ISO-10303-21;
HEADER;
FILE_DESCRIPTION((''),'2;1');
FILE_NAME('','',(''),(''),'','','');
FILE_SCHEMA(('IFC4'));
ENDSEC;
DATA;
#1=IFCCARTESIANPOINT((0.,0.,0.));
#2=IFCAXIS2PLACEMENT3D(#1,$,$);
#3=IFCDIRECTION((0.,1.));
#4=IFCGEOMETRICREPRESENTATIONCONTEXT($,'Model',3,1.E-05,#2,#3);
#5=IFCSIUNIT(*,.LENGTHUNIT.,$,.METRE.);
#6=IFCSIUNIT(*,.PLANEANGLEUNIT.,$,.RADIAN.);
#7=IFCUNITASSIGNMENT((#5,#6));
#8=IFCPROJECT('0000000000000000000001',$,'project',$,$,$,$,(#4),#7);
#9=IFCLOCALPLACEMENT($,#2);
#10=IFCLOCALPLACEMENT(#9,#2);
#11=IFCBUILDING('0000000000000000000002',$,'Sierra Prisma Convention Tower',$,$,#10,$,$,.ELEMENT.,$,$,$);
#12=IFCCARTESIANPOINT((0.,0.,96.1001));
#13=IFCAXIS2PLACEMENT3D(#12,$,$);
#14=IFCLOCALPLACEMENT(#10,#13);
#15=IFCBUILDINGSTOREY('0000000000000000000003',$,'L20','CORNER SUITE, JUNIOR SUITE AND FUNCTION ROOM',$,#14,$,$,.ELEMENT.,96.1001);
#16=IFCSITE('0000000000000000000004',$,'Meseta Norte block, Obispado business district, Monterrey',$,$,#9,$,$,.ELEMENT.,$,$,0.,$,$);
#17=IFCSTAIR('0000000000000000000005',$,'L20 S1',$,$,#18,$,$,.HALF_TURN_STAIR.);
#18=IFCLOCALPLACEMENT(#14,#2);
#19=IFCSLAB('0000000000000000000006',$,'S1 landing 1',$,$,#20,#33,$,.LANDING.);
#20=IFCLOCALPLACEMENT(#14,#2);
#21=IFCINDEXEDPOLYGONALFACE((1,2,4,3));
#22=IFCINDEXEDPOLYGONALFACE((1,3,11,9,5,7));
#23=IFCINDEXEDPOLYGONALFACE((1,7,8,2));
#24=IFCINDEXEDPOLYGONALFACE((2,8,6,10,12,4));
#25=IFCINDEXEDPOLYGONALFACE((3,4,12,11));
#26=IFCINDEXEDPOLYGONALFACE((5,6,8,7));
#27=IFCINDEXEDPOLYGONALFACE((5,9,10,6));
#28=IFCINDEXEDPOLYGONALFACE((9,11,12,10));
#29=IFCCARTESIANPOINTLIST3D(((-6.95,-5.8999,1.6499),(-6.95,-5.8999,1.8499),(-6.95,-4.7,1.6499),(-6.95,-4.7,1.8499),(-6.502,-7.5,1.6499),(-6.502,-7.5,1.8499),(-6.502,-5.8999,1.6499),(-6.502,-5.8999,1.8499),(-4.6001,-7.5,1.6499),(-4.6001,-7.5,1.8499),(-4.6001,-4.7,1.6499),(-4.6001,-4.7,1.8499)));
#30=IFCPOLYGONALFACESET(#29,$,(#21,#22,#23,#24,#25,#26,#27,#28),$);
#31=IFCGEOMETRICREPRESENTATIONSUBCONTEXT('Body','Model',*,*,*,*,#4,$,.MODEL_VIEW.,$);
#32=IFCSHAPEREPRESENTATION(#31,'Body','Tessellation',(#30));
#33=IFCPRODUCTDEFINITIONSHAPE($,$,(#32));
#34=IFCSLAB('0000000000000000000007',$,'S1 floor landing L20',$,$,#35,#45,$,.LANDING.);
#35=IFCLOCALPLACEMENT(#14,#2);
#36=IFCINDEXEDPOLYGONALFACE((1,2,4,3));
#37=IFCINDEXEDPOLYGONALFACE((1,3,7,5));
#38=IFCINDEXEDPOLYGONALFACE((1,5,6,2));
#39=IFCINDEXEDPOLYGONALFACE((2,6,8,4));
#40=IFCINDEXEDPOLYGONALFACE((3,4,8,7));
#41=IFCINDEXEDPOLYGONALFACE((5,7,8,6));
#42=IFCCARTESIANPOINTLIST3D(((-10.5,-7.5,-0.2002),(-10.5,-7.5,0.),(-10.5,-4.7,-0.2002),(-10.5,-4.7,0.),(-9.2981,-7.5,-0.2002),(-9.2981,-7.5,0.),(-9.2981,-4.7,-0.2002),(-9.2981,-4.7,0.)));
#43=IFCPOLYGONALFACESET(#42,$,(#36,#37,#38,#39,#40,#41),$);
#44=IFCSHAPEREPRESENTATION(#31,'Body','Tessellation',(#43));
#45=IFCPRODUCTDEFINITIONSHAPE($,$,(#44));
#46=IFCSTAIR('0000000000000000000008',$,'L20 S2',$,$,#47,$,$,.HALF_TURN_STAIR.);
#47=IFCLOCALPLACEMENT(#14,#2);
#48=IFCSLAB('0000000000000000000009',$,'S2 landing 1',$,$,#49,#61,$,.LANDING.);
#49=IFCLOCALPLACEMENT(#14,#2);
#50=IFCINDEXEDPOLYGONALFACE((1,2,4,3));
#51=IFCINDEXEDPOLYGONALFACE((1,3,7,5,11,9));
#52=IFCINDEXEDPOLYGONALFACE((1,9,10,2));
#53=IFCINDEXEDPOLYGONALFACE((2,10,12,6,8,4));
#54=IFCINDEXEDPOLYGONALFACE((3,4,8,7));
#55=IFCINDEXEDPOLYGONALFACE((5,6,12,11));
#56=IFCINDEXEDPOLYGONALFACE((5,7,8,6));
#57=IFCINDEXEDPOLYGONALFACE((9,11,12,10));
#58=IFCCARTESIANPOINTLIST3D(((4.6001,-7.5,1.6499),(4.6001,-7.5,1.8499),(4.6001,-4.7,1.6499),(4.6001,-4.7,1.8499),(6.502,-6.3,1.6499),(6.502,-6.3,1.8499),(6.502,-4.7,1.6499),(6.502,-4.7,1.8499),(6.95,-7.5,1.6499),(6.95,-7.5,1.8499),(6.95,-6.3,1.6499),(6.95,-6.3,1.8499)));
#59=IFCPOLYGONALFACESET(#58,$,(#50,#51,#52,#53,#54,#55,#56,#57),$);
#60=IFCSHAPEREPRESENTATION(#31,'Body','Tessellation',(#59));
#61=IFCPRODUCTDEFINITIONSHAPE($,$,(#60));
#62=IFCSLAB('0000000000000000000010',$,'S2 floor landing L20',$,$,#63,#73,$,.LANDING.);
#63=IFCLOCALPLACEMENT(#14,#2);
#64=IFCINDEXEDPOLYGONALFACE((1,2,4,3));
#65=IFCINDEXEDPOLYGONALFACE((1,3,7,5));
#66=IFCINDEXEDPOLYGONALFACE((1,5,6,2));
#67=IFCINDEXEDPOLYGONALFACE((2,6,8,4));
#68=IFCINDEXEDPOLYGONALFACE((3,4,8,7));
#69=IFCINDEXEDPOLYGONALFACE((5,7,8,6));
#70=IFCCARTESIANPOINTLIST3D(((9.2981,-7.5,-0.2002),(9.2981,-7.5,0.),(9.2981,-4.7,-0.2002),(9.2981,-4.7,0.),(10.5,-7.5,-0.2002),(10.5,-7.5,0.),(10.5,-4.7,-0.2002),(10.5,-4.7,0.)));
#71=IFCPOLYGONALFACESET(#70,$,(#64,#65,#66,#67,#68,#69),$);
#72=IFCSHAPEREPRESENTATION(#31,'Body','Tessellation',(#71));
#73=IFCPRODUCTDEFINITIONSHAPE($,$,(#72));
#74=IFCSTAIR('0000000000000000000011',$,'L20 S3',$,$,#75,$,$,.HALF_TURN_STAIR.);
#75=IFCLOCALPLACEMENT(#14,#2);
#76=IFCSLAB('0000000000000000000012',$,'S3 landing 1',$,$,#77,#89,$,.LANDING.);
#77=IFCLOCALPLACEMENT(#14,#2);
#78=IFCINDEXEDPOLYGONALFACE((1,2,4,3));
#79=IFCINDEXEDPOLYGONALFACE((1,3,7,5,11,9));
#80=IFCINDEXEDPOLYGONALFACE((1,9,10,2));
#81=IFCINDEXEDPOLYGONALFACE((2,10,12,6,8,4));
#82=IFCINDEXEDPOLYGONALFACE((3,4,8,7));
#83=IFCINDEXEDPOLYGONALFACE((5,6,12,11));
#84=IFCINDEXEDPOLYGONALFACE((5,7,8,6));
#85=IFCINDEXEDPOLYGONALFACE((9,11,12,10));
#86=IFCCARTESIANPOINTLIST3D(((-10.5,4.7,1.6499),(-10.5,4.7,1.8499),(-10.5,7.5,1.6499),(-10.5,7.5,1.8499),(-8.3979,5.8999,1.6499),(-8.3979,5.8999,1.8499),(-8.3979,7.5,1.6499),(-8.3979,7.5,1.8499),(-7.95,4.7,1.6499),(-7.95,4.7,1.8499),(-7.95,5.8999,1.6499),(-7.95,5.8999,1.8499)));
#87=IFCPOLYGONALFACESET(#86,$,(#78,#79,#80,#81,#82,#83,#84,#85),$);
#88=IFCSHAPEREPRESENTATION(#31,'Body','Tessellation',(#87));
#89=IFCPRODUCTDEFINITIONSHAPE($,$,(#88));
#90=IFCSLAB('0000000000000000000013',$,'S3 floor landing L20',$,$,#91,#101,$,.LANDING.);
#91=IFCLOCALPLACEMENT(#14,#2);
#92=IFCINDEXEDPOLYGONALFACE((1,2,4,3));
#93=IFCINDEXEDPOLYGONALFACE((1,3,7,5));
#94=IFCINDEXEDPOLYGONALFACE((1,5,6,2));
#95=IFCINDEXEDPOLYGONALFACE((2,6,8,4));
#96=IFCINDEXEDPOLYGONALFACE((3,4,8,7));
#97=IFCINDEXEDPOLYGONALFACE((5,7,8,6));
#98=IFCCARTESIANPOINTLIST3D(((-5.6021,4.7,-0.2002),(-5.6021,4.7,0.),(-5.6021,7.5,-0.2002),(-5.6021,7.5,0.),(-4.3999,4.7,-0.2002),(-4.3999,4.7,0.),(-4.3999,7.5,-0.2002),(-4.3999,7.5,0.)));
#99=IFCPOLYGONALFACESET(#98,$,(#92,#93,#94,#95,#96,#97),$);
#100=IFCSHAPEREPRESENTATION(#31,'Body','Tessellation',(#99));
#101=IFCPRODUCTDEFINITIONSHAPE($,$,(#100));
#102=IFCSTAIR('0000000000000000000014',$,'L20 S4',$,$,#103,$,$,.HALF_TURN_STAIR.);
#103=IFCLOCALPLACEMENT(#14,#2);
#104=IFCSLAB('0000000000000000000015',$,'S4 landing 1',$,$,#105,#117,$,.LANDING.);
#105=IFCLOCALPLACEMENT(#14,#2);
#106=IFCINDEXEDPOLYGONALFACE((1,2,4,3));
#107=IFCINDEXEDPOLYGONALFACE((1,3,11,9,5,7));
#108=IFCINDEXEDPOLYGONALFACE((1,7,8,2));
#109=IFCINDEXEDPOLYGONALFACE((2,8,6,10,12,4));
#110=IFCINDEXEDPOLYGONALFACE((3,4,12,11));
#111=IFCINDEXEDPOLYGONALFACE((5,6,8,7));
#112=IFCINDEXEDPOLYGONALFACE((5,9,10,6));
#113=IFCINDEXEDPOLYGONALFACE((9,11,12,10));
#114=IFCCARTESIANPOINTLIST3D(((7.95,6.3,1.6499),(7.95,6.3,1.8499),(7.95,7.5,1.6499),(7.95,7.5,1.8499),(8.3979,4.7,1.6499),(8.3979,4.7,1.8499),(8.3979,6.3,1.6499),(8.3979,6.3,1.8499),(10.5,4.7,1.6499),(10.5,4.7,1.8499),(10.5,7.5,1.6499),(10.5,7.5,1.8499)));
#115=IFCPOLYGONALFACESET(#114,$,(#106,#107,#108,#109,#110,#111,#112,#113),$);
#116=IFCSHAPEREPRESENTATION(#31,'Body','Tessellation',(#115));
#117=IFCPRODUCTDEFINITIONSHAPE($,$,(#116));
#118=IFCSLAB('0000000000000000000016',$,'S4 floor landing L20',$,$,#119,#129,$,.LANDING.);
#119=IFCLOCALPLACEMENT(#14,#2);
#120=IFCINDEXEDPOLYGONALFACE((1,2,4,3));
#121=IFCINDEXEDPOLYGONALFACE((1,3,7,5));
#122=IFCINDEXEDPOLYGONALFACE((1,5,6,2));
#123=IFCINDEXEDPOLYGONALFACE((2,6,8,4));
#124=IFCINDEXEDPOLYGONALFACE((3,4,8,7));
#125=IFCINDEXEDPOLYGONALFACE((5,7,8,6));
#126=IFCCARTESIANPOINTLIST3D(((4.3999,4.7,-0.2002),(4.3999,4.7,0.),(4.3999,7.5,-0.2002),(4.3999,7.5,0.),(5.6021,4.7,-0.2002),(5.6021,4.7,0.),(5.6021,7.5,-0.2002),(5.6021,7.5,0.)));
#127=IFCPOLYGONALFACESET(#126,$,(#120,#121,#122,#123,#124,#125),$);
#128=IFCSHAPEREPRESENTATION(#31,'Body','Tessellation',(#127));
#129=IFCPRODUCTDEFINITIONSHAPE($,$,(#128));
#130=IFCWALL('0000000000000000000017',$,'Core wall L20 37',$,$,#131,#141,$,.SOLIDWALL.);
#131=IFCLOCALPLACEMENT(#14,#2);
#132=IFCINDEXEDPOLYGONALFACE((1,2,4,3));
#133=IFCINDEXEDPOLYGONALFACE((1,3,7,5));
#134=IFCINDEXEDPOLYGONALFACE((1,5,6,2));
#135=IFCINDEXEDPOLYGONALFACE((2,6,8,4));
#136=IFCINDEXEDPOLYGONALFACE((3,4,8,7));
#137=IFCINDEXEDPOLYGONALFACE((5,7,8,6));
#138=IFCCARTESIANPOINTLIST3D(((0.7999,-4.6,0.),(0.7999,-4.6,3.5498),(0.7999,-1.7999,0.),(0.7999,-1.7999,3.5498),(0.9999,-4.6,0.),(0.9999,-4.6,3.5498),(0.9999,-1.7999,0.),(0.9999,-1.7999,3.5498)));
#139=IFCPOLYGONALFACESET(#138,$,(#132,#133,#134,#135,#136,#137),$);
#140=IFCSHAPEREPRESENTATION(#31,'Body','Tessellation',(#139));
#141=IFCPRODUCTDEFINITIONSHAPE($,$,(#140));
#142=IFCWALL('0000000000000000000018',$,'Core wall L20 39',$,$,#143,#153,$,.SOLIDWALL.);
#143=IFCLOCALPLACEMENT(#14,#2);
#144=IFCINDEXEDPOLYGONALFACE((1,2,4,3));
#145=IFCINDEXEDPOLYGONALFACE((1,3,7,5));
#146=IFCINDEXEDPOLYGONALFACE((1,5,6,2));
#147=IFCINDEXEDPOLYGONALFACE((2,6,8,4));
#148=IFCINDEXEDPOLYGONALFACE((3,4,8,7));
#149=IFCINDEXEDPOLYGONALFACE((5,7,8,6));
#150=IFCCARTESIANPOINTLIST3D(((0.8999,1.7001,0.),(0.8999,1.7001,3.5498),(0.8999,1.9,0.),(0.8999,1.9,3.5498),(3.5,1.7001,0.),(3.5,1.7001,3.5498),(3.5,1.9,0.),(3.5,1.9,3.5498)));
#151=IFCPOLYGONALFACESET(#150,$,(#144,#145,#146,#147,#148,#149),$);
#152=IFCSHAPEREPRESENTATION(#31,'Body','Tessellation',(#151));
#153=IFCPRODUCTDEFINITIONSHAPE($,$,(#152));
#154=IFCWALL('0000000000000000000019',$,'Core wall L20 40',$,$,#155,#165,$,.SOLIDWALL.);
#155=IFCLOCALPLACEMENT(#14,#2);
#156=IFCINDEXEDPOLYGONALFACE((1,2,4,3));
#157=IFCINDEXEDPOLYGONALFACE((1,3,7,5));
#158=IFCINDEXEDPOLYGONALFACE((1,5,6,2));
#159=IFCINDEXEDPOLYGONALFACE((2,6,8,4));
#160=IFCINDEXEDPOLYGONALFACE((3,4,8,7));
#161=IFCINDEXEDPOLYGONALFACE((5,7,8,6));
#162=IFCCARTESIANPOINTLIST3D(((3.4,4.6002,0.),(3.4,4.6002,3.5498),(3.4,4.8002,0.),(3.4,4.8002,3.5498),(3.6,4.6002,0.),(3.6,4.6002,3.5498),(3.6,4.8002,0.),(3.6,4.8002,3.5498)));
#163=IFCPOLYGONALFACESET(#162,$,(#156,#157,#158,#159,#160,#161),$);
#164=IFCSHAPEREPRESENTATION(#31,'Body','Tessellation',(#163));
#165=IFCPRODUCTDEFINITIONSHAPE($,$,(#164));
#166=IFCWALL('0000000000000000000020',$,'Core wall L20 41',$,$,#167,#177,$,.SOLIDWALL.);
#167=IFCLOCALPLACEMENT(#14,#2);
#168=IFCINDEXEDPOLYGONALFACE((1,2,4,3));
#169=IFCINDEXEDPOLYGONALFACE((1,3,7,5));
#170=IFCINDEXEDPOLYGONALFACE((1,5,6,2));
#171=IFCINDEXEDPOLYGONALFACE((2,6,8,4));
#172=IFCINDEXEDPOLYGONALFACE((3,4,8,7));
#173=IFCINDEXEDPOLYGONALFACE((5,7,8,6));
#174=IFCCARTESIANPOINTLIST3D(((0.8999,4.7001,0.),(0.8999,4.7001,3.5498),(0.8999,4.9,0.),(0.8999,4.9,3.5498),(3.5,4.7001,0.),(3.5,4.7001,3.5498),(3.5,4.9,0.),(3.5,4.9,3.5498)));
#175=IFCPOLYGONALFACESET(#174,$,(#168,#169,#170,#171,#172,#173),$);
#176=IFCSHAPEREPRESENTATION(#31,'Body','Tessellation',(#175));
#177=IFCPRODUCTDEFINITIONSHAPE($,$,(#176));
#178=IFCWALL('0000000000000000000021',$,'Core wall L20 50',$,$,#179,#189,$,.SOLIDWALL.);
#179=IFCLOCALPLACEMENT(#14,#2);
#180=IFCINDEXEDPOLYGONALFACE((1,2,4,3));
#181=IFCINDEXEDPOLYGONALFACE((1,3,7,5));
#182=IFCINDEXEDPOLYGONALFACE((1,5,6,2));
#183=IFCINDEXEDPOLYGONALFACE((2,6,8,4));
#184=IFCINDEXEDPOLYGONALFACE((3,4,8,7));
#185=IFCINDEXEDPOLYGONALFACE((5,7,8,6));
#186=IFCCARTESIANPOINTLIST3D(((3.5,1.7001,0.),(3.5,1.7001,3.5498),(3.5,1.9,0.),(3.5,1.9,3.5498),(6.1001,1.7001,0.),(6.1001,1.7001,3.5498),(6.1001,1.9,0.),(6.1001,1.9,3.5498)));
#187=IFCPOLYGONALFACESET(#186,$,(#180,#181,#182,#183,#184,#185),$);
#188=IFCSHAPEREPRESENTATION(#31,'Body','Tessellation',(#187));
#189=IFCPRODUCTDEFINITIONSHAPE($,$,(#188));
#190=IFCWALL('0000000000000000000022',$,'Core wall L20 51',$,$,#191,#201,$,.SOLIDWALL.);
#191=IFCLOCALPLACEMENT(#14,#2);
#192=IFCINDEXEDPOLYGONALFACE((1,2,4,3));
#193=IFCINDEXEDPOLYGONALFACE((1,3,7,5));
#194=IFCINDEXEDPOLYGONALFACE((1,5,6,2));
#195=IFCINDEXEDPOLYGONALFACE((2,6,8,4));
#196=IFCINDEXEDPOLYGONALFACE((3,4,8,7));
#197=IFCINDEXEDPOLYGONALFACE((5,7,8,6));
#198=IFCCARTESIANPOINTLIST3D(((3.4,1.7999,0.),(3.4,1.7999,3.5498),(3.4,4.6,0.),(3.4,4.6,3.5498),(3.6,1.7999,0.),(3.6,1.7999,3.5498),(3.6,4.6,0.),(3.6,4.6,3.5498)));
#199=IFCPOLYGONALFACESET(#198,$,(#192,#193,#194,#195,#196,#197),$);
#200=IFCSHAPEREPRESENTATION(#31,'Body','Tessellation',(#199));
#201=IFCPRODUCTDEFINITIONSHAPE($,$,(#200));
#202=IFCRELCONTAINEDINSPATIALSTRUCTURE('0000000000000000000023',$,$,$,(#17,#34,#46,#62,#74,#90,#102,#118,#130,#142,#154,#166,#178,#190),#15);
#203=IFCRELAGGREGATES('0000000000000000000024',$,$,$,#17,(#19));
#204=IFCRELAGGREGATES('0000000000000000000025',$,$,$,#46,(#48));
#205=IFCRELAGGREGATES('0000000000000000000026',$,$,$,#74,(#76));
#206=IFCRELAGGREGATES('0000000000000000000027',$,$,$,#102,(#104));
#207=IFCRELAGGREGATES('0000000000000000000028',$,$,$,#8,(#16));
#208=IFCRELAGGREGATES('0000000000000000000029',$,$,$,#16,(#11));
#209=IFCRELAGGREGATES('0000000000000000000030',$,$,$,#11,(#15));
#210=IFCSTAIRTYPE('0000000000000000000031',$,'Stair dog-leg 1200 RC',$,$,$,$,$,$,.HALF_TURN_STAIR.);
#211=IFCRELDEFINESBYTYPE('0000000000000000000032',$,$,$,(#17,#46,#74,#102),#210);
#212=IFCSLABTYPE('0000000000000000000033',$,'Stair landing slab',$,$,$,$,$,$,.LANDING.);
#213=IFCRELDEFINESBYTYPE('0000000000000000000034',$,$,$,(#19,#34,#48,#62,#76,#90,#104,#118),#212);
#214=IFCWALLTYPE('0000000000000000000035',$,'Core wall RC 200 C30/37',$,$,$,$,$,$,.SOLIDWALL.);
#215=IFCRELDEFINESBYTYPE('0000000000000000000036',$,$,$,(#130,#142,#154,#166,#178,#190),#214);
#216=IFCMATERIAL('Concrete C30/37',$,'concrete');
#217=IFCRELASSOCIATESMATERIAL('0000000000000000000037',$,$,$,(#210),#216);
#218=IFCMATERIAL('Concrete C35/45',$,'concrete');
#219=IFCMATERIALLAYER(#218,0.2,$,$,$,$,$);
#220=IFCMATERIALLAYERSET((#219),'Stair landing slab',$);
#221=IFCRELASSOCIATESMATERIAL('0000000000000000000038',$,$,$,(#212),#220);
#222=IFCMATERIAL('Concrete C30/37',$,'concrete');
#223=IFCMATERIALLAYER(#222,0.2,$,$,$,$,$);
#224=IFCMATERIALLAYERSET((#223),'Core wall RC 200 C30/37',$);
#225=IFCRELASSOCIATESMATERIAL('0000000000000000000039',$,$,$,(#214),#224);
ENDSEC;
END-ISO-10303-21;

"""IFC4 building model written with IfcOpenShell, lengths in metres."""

from ifc_helpers import new_model, si_unit, direction, frame, frame_2d, origin, place, context, subcontext, project, spatial, polyline, rectangle, outline, extrude, material, layer, layer_set, type_object, element, aggregate, save


model = new_model("IFC4")

# Units and contexts
model_context = context("Model", 3, precision=1e-05, world=origin(), true_north=direction((0.0, 1.0)))
body_context = subcontext(model_context, "Body", "Model", "MODEL_VIEW")
ifc_project = project(units=[si_unit("LENGTHUNIT", "METRE"), si_unit("PLANEANGLEUNIT", "RADIAN")], contexts=[model_context])

# Site, building, storey
site_placement = place(None, origin())
site = spatial("IfcSite", under=ifc_project, at=site_placement, Name="Meseta Norte block, Obispado business district, Monterrey", CompositionType="ELEMENT", RefElevation=0.0)
building_placement = place(site_placement, origin())
building = spatial("IfcBuilding", under=site, at=building_placement, Name="Sierra Prisma Convention Tower", CompositionType="ELEMENT")
storey_placement = place(building_placement, frame((0.0, 0.0, 96.1001)))
storey = spatial("IfcBuildingStorey", under=building, at=storey_placement, Name="L20", Description="CORNER SUITE, JUNIOR SUITE AND FUNCTION ROOM", CompositionType="ELEMENT", Elevation=96.1001)

# Stair, slab
ifc_material_1 = material(Name="Concrete C30/37", Category="concrete")
stair_type = type_object("IfcStairType", Name="Stair dog-leg 1200 RC", PredefinedType="HALF_TURN_STAIR", material=ifc_material_1)
stair_1_placement = place(storey_placement, origin())
stair_1 = element("IfcStair", 1, at=stair_1_placement, inside=storey, type_object=stair_type, Name="L20 S1", PredefinedType="HALF_TURN_STAIR")
ifc_material_2 = material(Name="Concrete C35/45", Category="concrete")
ifc_layer_1 = layer(ifc_material_2, 0.2)
ifc_layer_set_1 = layer_set([ifc_layer_1], Name="Stair landing slab")
slab_type = type_object("IfcSlabType", Name="Stair landing slab", PredefinedType="LANDING", material=ifc_layer_set_1)
slab_1_placement = place(storey_placement, frame((0.0, 0.0, 1.6499)))
slab_1 = element("IfcSlab", 2, at=slab_1_placement, type_object=slab_type, Name="S1 landing 1", PredefinedType="LANDING", context=body_context, shape_type="SweptSolid", body=[
    extrude(outline(polyline([(-4.6001, -4.7), (-4.6001, -7.5), (-6.502, -7.5), (-6.502, -5.8999), (-6.95, -5.8999), (-6.95, -4.7), (-4.6001, -4.7)])), origin(), (0.0, 0.0, 1.0), 0.2),
])
aggregate(stair_1, [slab_1])

# Slab
slab_2_placement = place(storey_placement, frame((0.0, 0.0, -0.2002)))
element("IfcSlab", 3, at=slab_2_placement, inside=storey, type_object=slab_type, Name="S1 floor landing L20", PredefinedType="LANDING", context=body_context, shape_type="SweptSolid", body=[
    extrude(outline(polyline([(-10.5, -7.5), (-9.2981, -7.5), (-9.2981, -4.7), (-10.5, -4.7), (-10.5, -7.5)])), origin(), (0.0, 0.0, 1.0), 0.2002),
])

# Stair, slab
stair_2_placement = place(storey_placement, origin())
stair_2 = element("IfcStair", 4, at=stair_2_placement, inside=storey, type_object=stair_type, Name="L20 S2", PredefinedType="HALF_TURN_STAIR")
slab_3_placement = place(storey_placement, frame((0.0, 0.0, 1.6499)))
slab_3 = element("IfcSlab", 5, at=slab_3_placement, type_object=slab_type, Name="S2 landing 1", PredefinedType="LANDING", context=body_context, shape_type="SweptSolid", body=[
    extrude(outline(polyline([(6.95, -6.3), (6.95, -7.5), (4.6001, -7.5), (4.6001, -4.7), (6.502, -4.7), (6.502, -6.3), (6.95, -6.3)])), origin(), (0.0, 0.0, 1.0), 0.2),
])
aggregate(stair_2, [slab_3])

# Slab
slab_4_placement = place(storey_placement, frame((0.0, 0.0, -0.2002)))
element("IfcSlab", 6, at=slab_4_placement, inside=storey, type_object=slab_type, Name="S2 floor landing L20", PredefinedType="LANDING", context=body_context, shape_type="SweptSolid", body=[
    extrude(outline(polyline([(10.5, -4.7), (9.2981, -4.7), (9.2981, -7.5), (10.5, -7.5), (10.5, -4.7)])), origin(), (0.0, 0.0, 1.0), 0.2002),
])

# Stair, slab
stair_3_placement = place(storey_placement, origin())
stair_3 = element("IfcStair", 7, at=stair_3_placement, inside=storey, type_object=stair_type, Name="L20 S3", PredefinedType="HALF_TURN_STAIR")
slab_5_placement = place(storey_placement, frame((0.0, 0.0, 1.6499)))
slab_5 = element("IfcSlab", 8, at=slab_5_placement, type_object=slab_type, Name="S3 landing 1", PredefinedType="LANDING", context=body_context, shape_type="SweptSolid", body=[
    extrude(outline(polyline([(-7.95, 5.8999), (-7.95, 4.7), (-10.5, 4.7), (-10.5, 7.5), (-8.3979, 7.5), (-8.3979, 5.8999), (-7.95, 5.8999)])), origin(), (0.0, 0.0, 1.0), 0.2),
])
aggregate(stair_3, [slab_5])

# Slab
slab_6_placement = place(storey_placement, frame((0.0, 0.0, -0.2002)))
element("IfcSlab", 9, at=slab_6_placement, inside=storey, type_object=slab_type, Name="S3 floor landing L20", PredefinedType="LANDING", context=body_context, shape_type="SweptSolid", body=[
    extrude(outline(polyline([(-4.3999, 7.5), (-5.6021, 7.5), (-5.6021, 4.7), (-4.3999, 4.7), (-4.3999, 7.5)])), origin(), (0.0, 0.0, 1.0), 0.2002),
])

# Stair, slab
stair_4_placement = place(storey_placement, origin())
stair_4 = element("IfcStair", 10, at=stair_4_placement, inside=storey, type_object=stair_type, Name="L20 S4", PredefinedType="HALF_TURN_STAIR")
slab_7_placement = place(storey_placement, frame((0.0, 0.0, 1.6499)))
slab_7 = element("IfcSlab", 11, at=slab_7_placement, type_object=slab_type, Name="S4 landing 1", PredefinedType="LANDING", context=body_context, shape_type="SweptSolid", body=[
    extrude(outline(polyline([(10.5, 7.5), (10.5, 4.7), (8.3979, 4.7), (8.3979, 6.3), (7.95, 6.3), (7.95, 7.5), (10.5, 7.5)])), origin(), (0.0, 0.0, 1.0), 0.2),
])

# Slab
slab_8_placement = place(storey_placement, frame((0.0, 0.0, -0.2002)))
element("IfcSlab", 12, at=slab_8_placement, inside=storey, type_object=slab_type, Name="S4 floor landing L20", PredefinedType="LANDING", context=body_context, shape_type="SweptSolid", body=[
    extrude(outline(polyline([(4.3999, 4.7), (5.6021, 4.7), (5.6021, 7.5), (4.3999, 7.5), (4.3999, 4.7)])), origin(), (0.0, 0.0, 1.0), 0.2002),
])

# Shared definitions
ifc_material_3 = material(Name="Concrete C30/37", Category="concrete")
ifc_layer_2 = layer(ifc_material_3, 0.2)
ifc_layer_set_2 = layer_set([ifc_layer_2], Name="Core wall RC 200 C30/37")
wall_type = type_object("IfcWallType", Name="Core wall RC 200 C30/37", PredefinedType="SOLIDWALL", material=ifc_layer_set_2)

# Walls
wall_1_placement = place(storey_placement, frame((0.8999, -1.8, 0.0), z_axis=(0.0, 0.0, 1.0), x_axis=(0.0, -1.0, 0.0)))
element("IfcWall", 13, at=wall_1_placement, inside=storey, type_object=wall_type, Name="Core wall L20 37", PredefinedType="SOLIDWALL", context=body_context, shape_type="SweptSolid", body=[
    extrude(rectangle(XDim=2.8, YDim=0.2, at=frame_2d((1.3999, 0.0))), origin(), (0.0, 0.0, 1.0), 3.5498),
])
wall_2_placement = place(storey_placement, frame((3.5, 1.8, 0.0), z_axis=(0.0, 0.0, 1.0), x_axis=(-1.0, 0.0, 0.0)))
element("IfcWall", 14, at=wall_2_placement, inside=storey, type_object=wall_type, Name="Core wall L20 39", PredefinedType="SOLIDWALL", context=body_context, shape_type="SweptSolid", body=[
    extrude(rectangle(XDim=2.6001, YDim=0.2, at=frame_2d((1.3, 0.0))), origin(), (0.0, 0.0, 1.0), 3.5498),
])
wall_3_placement = place(storey_placement, frame((3.5, 4.6001, 0.0), z_axis=(0.0, 0.0, 1.0), x_axis=(0.0, 1.0, 0.0)))
element("IfcWall", 15, at=wall_3_placement, inside=storey, type_object=wall_type, Name="Core wall L20 40", PredefinedType="SOLIDWALL", context=body_context, shape_type="SweptSolid", body=[
    extrude(rectangle(XDim=0.2, YDim=0.2, at=frame_2d((0.1001, 0.0))), origin(), (0.0, 0.0, 1.0), 3.5498),
])
wall_4_placement = place(storey_placement, frame((3.5, 4.8, 0.0), z_axis=(0.0, 0.0, 1.0), x_axis=(-1.0, 0.0, 0.0)))
element("IfcWall", 16, at=wall_4_placement, inside=storey, type_object=wall_type, Name="Core wall L20 41", PredefinedType="SOLIDWALL", context=body_context, shape_type="SweptSolid", body=[
    extrude(rectangle(XDim=2.6001, YDim=0.2, at=frame_2d((1.3, 0.0))), origin(), (0.0, 0.0, 1.0), 3.5498),
])

# Walls
wall_5_placement = place(storey_placement, frame((6.1001, 1.8, 0.0), z_axis=(0.0, 0.0, 1.0), x_axis=(-1.0, 0.0, 0.0)))
element("IfcWall", 17, at=wall_5_placement, inside=storey, type_object=wall_type, Name="Core wall L20 50", PredefinedType="SOLIDWALL", context=body_context, shape_type="SweptSolid", body=[
    extrude(rectangle(XDim=2.6001, YDim=0.2, at=frame_2d((1.3, 0.0))), origin(), (0.0, 0.0, 1.0), 3.5498),
])
wall_6_placement = place(storey_placement, frame((3.5, 1.8, 0.0), z_axis=(0.0, 0.0, 1.0), x_axis=(0.0, 1.0, 0.0)))
element("IfcWall", 18, at=wall_6_placement, inside=storey, type_object=wall_type, Name="Core wall L20 51", PredefinedType="SOLIDWALL", context=body_context, shape_type="SweptSolid", body=[
    extrude(rectangle(XDim=2.8, YDim=0.2, at=frame_2d((1.3999, 0.0))), origin(), (0.0, 0.0, 1.0), 3.5498),
])

aggregate(stair_4, [slab_7])

save(model, "model.ifc")
